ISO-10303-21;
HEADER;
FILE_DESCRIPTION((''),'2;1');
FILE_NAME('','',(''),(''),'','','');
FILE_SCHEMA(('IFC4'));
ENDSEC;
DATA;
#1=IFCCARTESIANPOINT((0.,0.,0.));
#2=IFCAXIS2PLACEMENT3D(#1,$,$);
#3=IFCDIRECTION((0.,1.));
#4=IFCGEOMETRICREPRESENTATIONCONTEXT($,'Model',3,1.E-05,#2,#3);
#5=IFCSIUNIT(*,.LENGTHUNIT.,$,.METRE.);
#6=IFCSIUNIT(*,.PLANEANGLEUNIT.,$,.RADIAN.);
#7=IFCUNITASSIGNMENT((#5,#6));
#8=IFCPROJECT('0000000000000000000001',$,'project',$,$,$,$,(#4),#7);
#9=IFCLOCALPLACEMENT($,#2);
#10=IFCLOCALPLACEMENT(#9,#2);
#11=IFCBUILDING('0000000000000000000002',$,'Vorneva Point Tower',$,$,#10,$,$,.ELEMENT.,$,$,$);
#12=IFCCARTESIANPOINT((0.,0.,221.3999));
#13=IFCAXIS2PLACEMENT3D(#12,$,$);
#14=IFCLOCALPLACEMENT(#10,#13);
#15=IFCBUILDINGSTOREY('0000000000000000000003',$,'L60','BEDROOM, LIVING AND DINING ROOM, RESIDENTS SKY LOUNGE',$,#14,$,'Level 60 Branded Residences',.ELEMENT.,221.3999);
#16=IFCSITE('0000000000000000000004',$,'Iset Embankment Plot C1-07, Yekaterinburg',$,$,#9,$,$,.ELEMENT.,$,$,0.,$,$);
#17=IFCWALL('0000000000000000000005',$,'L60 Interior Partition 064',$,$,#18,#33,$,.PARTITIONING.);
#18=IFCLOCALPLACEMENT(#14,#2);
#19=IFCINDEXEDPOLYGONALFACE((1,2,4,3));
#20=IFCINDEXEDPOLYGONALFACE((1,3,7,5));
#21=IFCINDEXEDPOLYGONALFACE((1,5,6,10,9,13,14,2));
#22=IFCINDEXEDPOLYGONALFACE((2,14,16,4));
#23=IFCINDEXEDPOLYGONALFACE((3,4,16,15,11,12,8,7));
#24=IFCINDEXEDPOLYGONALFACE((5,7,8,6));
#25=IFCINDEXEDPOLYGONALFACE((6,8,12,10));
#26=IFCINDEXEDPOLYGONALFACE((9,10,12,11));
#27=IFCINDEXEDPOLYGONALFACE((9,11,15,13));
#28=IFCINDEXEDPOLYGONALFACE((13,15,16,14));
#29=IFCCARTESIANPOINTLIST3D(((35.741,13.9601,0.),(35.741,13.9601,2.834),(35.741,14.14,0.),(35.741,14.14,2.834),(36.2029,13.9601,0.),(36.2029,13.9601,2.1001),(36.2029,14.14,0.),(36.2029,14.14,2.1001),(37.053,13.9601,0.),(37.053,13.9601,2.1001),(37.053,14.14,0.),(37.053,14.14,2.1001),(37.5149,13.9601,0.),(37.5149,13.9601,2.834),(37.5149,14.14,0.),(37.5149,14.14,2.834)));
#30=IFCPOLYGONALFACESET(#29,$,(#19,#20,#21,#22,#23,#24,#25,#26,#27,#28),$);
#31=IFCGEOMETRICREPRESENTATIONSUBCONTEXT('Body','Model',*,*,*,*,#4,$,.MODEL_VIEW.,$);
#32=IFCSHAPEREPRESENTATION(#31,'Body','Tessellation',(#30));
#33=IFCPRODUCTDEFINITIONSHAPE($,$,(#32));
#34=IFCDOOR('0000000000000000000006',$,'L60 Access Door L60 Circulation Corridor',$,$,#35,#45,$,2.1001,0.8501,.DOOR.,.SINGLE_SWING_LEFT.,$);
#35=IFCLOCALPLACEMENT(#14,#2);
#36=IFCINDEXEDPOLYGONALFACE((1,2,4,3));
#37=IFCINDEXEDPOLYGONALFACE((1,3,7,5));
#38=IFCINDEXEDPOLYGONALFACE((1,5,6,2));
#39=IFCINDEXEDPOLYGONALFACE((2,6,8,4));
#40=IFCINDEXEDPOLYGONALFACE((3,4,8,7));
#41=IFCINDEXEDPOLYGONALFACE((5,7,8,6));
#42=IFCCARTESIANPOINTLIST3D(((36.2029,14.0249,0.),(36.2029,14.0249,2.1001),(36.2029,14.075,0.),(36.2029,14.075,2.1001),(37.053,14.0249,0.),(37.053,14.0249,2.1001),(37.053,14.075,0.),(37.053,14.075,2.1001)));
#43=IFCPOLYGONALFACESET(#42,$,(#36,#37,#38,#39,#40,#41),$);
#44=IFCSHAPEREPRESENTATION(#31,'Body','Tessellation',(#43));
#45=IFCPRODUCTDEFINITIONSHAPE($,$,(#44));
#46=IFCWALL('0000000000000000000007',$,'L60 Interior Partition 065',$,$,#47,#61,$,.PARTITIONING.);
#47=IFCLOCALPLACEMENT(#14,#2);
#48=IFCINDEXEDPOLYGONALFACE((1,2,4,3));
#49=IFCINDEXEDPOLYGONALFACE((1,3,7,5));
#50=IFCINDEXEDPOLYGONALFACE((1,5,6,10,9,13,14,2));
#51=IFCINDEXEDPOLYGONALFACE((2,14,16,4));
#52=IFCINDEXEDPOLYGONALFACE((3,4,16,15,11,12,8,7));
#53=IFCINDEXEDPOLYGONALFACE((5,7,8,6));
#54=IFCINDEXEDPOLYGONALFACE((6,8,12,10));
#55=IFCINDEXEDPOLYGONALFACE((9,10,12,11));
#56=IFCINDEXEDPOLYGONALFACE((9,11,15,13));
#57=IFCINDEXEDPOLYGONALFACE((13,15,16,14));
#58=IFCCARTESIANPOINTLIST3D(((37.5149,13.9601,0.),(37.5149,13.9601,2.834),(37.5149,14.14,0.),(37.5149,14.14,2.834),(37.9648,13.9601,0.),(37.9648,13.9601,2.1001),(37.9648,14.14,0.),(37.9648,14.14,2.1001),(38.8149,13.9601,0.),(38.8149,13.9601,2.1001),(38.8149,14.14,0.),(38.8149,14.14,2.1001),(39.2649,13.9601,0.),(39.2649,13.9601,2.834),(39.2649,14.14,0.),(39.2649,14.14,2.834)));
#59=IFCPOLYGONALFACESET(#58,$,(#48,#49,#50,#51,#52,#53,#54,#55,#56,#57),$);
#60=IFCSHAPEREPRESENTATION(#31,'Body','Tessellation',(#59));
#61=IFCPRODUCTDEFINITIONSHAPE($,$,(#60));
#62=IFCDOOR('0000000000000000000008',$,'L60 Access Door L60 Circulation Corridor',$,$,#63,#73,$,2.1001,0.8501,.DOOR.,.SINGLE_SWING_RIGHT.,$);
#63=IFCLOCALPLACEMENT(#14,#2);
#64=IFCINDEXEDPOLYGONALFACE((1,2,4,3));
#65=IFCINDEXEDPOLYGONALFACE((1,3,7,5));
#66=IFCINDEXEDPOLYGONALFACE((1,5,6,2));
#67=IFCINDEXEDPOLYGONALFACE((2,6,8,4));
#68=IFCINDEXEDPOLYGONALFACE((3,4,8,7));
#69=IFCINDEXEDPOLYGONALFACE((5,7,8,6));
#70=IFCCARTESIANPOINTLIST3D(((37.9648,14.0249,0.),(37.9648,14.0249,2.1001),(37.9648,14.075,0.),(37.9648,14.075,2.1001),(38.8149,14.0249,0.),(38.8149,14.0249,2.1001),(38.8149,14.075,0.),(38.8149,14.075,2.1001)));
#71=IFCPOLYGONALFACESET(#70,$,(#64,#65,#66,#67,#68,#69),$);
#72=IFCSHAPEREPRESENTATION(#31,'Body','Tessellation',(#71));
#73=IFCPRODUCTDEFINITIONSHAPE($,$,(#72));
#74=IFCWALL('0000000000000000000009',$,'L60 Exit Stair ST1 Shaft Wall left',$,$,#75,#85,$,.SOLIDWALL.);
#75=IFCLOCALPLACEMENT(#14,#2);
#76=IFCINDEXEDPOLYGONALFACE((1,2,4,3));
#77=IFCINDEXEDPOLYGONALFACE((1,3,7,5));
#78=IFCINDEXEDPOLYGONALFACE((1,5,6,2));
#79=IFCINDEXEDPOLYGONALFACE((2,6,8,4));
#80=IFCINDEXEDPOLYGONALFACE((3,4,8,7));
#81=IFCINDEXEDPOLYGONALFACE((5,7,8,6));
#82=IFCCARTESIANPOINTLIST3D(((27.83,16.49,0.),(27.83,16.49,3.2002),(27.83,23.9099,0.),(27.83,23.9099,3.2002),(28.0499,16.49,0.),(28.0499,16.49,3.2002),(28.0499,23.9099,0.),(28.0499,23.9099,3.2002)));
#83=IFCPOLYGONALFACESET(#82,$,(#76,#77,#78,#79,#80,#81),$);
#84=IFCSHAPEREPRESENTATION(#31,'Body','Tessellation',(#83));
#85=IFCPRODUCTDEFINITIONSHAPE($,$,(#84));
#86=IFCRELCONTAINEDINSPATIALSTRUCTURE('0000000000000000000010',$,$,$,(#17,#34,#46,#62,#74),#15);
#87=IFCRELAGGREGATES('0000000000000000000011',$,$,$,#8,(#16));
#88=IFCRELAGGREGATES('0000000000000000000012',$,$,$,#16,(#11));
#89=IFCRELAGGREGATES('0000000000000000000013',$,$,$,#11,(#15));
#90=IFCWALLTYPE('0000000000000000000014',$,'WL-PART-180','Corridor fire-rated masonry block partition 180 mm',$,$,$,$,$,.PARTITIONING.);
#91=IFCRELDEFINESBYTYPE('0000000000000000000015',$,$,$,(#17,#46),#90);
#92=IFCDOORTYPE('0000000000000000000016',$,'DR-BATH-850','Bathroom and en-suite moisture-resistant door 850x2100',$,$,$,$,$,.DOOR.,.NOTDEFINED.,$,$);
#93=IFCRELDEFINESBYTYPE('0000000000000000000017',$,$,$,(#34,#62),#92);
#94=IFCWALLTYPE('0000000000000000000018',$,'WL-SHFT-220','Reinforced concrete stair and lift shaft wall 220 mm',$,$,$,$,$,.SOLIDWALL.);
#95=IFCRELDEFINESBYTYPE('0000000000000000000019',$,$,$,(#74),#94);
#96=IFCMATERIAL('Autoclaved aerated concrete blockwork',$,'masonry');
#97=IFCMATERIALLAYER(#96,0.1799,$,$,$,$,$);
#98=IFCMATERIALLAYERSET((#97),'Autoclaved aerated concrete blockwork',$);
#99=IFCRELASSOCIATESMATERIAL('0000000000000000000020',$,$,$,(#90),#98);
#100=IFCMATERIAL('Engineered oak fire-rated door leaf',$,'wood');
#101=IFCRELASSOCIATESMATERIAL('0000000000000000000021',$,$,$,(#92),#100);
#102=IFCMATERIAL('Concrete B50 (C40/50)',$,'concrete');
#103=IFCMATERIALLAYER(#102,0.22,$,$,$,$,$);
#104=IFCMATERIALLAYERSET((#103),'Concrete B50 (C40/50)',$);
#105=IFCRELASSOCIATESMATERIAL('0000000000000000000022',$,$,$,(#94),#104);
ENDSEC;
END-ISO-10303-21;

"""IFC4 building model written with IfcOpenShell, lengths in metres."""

from ifc_helpers import new_model, si_unit, direction, frame, frame_2d, origin, place, context, subcontext, project, spatial, rectangle, extrude, material, layer, layer_set, type_object, element, fill, save


model = new_model("IFC4")

# Units and contexts
model_context = context("Model", 3, precision=1e-05, world=origin(), true_north=direction((0.0, 1.0)))
body_context = subcontext(model_context, "Body", "Model", "MODEL_VIEW")
ifc_project = project(units=[si_unit("LENGTHUNIT", "METRE"), si_unit("PLANEANGLEUNIT", "RADIAN")], contexts=[model_context])

# Site, building, storey
site_placement = place(None, origin())
site = spatial("IfcSite", under=ifc_project, at=site_placement, Name="Iset Embankment Plot C1-07, Yekaterinburg", CompositionType="ELEMENT", RefElevation=0.0)
building_placement = place(site_placement, origin())
building = spatial("IfcBuilding", under=site, at=building_placement, Name="Vorneva Point Tower", CompositionType="ELEMENT")
storey_placement = place(building_placement, frame((0.0, 0.0, 221.3999)))
storey = spatial("IfcBuildingStorey", under=building, at=storey_placement, Name="L60", Description="BEDROOM, LIVING AND DINING ROOM, RESIDENTS SKY LOUNGE", LongName="Level 60 Branded Residences", CompositionType="ELEMENT", Elevation=221.3999)

# Shared definitions
ifc_material_1 = material(Name="Concrete B50 (C40/50)", Category="concrete")

# Shared definitions
ifc_material_2 = material(Name="Autoclaved aerated concrete blockwork", Category="masonry")
ifc_layer_1 = layer(ifc_material_2, 0.1799)
ifc_layer_set_1 = layer_set([ifc_layer_1], Name="Autoclaved aerated concrete blockwork")
wall_type_1 = type_object("IfcWallType", Name="WL-PART-180", Description="Corridor fire-rated masonry block partition 180 mm", PredefinedType="PARTITIONING", material=ifc_layer_set_1)

# Shared definitions
ifc_material_3 = material(Name="Engineered oak fire-rated door leaf", Category="wood")
door_type_1 = type_object("IfcDoorType", Name="DR-BATH-850", Description="Bathroom and en-suite moisture-resistant door 850x2100", OperationType="NOTDEFINED", PredefinedType="DOOR", material=ifc_material_3)

# Walls, openings, doors
wall_1_placement = place(storey_placement, frame((35.741, 14.05, 0.0), z_axis=(0.0, 0.0, 1.0), x_axis=(1.0, 0.0, 0.0)))
wall_1 = element("IfcWall", 1, at=wall_1_placement, inside=storey, type_object=wall_type_1, Name="L60 Interior Partition 064", PredefinedType="PARTITIONING", context=body_context, shape_type="SweptSolid", body=[
    extrude(rectangle(XDim=1.7739, YDim=0.1799, at=frame_2d((0.887, 0.0))), origin(), (0.0, 0.0, 1.0), 2.834),
])
opening_1_placement = place(wall_1_placement, frame((0.4619, 0.0, 0.0)))
opening_1 = element("IfcOpeningElement", 2, at=opening_1_placement, cuts=wall_1, PredefinedType="OPENING", context=body_context, shape_type="SweptSolid", body=[
    extrude(rectangle(XDim=0.8501, YDim=2.1001, at=frame_2d((0.425, 1.05))), frame((0.0, 0.105, 0.0), z_axis=(0.0, -1.0, 0.0), x_axis=(1.0, 0.0, 0.0)), (0.0, 0.0, 1.0), 0.2097),
])
door_1_placement = place(opening_1_placement, origin())
door_1 = element("IfcDoor", 3, at=door_1_placement, inside=storey, type_object=door_type_1, Name="L60 Access Door L60 Circulation Corridor", OperationType="SINGLE_SWING_LEFT", OverallHeight=2.1001, OverallWidth=0.8501, PredefinedType="DOOR", context=body_context, shape_type="SweptSolid", body=[
    extrude(rectangle(XDim=0.8501, YDim=2.1001, at=frame_2d((0.425, 1.05))), frame((0.0, 0.0249, 0.0), z_axis=(0.0, -1.0, 0.0), x_axis=(1.0, 0.0, 0.0)), (0.0, 0.0, 1.0), 0.05),
])
fill(opening_1, door_1)
wall_2_placement = place(storey_placement, frame((37.5149, 14.05, 0.0), z_axis=(0.0, 0.0, 1.0), x_axis=(1.0, 0.0, 0.0)))
wall_2 = element("IfcWall", 4, at=wall_2_placement, inside=storey, type_object=wall_type_1, Name="L60 Interior Partition 065", PredefinedType="PARTITIONING", context=body_context, shape_type="SweptSolid", body=[
    extrude(rectangle(XDim=1.75, YDim=0.1799, at=frame_2d((0.875, 0.0))), origin(), (0.0, 0.0, 1.0), 2.834),
])
opening_2_placement = place(wall_2_placement, frame((0.45, 0.0, 0.0)))
opening_2 = element("IfcOpeningElement", 5, at=opening_2_placement, cuts=wall_2, PredefinedType="OPENING", context=body_context, shape_type="SweptSolid", body=[
    extrude(rectangle(XDim=0.8501, YDim=2.1001, at=frame_2d((0.425, 1.05))), frame((0.0, 0.105, 0.0), z_axis=(0.0, -1.0, 0.0), x_axis=(1.0, 0.0, 0.0)), (0.0, 0.0, 1.0), 0.2097),
])
door_2_placement = place(opening_2_placement, origin())
door_2 = element("IfcDoor", 6, at=door_2_placement, inside=storey, type_object=door_type_1, Name="L60 Access Door L60 Circulation Corridor", OperationType="SINGLE_SWING_RIGHT", OverallHeight=2.1001, OverallWidth=0.8501, PredefinedType="DOOR", context=body_context, shape_type="SweptSolid", body=[
    extrude(rectangle(XDim=0.8501, YDim=2.1001, at=frame_2d((0.425, 1.05))), frame((0.0, 0.0249, 0.0), z_axis=(0.0, -1.0, 0.0), x_axis=(1.0, 0.0, 0.0)), (0.0, 0.0, 1.0), 0.05),
])
fill(opening_2, door_2)

# Wall
ifc_layer_2 = layer(ifc_material_1, 0.22)
ifc_layer_set_2 = layer_set([ifc_layer_2], Name="Concrete B50 (C40/50)")
wall_type_2 = type_object("IfcWallType", Name="WL-SHFT-220", Description="Reinforced concrete stair and lift shaft wall 220 mm", PredefinedType="SOLIDWALL", material=ifc_layer_set_2)
wall_3_placement = place(storey_placement, frame((27.9399, 16.49, 0.0), z_axis=(0.0, 0.0, 1.0), x_axis=(0.0, 1.0, 0.0)))
element("IfcWall", 7, at=wall_3_placement, inside=storey, type_object=wall_type_2, Name="L60 Exit Stair ST1 Shaft Wall left", PredefinedType="SOLIDWALL", context=body_context, shape_type="SweptSolid", body=[
    extrude(rectangle(XDim=7.4199, YDim=0.22, at=frame_2d((3.71, 0.0))), origin(), (0.0, 0.0, 1.0), 3.2002),
])

save(model, "model.ifc")
